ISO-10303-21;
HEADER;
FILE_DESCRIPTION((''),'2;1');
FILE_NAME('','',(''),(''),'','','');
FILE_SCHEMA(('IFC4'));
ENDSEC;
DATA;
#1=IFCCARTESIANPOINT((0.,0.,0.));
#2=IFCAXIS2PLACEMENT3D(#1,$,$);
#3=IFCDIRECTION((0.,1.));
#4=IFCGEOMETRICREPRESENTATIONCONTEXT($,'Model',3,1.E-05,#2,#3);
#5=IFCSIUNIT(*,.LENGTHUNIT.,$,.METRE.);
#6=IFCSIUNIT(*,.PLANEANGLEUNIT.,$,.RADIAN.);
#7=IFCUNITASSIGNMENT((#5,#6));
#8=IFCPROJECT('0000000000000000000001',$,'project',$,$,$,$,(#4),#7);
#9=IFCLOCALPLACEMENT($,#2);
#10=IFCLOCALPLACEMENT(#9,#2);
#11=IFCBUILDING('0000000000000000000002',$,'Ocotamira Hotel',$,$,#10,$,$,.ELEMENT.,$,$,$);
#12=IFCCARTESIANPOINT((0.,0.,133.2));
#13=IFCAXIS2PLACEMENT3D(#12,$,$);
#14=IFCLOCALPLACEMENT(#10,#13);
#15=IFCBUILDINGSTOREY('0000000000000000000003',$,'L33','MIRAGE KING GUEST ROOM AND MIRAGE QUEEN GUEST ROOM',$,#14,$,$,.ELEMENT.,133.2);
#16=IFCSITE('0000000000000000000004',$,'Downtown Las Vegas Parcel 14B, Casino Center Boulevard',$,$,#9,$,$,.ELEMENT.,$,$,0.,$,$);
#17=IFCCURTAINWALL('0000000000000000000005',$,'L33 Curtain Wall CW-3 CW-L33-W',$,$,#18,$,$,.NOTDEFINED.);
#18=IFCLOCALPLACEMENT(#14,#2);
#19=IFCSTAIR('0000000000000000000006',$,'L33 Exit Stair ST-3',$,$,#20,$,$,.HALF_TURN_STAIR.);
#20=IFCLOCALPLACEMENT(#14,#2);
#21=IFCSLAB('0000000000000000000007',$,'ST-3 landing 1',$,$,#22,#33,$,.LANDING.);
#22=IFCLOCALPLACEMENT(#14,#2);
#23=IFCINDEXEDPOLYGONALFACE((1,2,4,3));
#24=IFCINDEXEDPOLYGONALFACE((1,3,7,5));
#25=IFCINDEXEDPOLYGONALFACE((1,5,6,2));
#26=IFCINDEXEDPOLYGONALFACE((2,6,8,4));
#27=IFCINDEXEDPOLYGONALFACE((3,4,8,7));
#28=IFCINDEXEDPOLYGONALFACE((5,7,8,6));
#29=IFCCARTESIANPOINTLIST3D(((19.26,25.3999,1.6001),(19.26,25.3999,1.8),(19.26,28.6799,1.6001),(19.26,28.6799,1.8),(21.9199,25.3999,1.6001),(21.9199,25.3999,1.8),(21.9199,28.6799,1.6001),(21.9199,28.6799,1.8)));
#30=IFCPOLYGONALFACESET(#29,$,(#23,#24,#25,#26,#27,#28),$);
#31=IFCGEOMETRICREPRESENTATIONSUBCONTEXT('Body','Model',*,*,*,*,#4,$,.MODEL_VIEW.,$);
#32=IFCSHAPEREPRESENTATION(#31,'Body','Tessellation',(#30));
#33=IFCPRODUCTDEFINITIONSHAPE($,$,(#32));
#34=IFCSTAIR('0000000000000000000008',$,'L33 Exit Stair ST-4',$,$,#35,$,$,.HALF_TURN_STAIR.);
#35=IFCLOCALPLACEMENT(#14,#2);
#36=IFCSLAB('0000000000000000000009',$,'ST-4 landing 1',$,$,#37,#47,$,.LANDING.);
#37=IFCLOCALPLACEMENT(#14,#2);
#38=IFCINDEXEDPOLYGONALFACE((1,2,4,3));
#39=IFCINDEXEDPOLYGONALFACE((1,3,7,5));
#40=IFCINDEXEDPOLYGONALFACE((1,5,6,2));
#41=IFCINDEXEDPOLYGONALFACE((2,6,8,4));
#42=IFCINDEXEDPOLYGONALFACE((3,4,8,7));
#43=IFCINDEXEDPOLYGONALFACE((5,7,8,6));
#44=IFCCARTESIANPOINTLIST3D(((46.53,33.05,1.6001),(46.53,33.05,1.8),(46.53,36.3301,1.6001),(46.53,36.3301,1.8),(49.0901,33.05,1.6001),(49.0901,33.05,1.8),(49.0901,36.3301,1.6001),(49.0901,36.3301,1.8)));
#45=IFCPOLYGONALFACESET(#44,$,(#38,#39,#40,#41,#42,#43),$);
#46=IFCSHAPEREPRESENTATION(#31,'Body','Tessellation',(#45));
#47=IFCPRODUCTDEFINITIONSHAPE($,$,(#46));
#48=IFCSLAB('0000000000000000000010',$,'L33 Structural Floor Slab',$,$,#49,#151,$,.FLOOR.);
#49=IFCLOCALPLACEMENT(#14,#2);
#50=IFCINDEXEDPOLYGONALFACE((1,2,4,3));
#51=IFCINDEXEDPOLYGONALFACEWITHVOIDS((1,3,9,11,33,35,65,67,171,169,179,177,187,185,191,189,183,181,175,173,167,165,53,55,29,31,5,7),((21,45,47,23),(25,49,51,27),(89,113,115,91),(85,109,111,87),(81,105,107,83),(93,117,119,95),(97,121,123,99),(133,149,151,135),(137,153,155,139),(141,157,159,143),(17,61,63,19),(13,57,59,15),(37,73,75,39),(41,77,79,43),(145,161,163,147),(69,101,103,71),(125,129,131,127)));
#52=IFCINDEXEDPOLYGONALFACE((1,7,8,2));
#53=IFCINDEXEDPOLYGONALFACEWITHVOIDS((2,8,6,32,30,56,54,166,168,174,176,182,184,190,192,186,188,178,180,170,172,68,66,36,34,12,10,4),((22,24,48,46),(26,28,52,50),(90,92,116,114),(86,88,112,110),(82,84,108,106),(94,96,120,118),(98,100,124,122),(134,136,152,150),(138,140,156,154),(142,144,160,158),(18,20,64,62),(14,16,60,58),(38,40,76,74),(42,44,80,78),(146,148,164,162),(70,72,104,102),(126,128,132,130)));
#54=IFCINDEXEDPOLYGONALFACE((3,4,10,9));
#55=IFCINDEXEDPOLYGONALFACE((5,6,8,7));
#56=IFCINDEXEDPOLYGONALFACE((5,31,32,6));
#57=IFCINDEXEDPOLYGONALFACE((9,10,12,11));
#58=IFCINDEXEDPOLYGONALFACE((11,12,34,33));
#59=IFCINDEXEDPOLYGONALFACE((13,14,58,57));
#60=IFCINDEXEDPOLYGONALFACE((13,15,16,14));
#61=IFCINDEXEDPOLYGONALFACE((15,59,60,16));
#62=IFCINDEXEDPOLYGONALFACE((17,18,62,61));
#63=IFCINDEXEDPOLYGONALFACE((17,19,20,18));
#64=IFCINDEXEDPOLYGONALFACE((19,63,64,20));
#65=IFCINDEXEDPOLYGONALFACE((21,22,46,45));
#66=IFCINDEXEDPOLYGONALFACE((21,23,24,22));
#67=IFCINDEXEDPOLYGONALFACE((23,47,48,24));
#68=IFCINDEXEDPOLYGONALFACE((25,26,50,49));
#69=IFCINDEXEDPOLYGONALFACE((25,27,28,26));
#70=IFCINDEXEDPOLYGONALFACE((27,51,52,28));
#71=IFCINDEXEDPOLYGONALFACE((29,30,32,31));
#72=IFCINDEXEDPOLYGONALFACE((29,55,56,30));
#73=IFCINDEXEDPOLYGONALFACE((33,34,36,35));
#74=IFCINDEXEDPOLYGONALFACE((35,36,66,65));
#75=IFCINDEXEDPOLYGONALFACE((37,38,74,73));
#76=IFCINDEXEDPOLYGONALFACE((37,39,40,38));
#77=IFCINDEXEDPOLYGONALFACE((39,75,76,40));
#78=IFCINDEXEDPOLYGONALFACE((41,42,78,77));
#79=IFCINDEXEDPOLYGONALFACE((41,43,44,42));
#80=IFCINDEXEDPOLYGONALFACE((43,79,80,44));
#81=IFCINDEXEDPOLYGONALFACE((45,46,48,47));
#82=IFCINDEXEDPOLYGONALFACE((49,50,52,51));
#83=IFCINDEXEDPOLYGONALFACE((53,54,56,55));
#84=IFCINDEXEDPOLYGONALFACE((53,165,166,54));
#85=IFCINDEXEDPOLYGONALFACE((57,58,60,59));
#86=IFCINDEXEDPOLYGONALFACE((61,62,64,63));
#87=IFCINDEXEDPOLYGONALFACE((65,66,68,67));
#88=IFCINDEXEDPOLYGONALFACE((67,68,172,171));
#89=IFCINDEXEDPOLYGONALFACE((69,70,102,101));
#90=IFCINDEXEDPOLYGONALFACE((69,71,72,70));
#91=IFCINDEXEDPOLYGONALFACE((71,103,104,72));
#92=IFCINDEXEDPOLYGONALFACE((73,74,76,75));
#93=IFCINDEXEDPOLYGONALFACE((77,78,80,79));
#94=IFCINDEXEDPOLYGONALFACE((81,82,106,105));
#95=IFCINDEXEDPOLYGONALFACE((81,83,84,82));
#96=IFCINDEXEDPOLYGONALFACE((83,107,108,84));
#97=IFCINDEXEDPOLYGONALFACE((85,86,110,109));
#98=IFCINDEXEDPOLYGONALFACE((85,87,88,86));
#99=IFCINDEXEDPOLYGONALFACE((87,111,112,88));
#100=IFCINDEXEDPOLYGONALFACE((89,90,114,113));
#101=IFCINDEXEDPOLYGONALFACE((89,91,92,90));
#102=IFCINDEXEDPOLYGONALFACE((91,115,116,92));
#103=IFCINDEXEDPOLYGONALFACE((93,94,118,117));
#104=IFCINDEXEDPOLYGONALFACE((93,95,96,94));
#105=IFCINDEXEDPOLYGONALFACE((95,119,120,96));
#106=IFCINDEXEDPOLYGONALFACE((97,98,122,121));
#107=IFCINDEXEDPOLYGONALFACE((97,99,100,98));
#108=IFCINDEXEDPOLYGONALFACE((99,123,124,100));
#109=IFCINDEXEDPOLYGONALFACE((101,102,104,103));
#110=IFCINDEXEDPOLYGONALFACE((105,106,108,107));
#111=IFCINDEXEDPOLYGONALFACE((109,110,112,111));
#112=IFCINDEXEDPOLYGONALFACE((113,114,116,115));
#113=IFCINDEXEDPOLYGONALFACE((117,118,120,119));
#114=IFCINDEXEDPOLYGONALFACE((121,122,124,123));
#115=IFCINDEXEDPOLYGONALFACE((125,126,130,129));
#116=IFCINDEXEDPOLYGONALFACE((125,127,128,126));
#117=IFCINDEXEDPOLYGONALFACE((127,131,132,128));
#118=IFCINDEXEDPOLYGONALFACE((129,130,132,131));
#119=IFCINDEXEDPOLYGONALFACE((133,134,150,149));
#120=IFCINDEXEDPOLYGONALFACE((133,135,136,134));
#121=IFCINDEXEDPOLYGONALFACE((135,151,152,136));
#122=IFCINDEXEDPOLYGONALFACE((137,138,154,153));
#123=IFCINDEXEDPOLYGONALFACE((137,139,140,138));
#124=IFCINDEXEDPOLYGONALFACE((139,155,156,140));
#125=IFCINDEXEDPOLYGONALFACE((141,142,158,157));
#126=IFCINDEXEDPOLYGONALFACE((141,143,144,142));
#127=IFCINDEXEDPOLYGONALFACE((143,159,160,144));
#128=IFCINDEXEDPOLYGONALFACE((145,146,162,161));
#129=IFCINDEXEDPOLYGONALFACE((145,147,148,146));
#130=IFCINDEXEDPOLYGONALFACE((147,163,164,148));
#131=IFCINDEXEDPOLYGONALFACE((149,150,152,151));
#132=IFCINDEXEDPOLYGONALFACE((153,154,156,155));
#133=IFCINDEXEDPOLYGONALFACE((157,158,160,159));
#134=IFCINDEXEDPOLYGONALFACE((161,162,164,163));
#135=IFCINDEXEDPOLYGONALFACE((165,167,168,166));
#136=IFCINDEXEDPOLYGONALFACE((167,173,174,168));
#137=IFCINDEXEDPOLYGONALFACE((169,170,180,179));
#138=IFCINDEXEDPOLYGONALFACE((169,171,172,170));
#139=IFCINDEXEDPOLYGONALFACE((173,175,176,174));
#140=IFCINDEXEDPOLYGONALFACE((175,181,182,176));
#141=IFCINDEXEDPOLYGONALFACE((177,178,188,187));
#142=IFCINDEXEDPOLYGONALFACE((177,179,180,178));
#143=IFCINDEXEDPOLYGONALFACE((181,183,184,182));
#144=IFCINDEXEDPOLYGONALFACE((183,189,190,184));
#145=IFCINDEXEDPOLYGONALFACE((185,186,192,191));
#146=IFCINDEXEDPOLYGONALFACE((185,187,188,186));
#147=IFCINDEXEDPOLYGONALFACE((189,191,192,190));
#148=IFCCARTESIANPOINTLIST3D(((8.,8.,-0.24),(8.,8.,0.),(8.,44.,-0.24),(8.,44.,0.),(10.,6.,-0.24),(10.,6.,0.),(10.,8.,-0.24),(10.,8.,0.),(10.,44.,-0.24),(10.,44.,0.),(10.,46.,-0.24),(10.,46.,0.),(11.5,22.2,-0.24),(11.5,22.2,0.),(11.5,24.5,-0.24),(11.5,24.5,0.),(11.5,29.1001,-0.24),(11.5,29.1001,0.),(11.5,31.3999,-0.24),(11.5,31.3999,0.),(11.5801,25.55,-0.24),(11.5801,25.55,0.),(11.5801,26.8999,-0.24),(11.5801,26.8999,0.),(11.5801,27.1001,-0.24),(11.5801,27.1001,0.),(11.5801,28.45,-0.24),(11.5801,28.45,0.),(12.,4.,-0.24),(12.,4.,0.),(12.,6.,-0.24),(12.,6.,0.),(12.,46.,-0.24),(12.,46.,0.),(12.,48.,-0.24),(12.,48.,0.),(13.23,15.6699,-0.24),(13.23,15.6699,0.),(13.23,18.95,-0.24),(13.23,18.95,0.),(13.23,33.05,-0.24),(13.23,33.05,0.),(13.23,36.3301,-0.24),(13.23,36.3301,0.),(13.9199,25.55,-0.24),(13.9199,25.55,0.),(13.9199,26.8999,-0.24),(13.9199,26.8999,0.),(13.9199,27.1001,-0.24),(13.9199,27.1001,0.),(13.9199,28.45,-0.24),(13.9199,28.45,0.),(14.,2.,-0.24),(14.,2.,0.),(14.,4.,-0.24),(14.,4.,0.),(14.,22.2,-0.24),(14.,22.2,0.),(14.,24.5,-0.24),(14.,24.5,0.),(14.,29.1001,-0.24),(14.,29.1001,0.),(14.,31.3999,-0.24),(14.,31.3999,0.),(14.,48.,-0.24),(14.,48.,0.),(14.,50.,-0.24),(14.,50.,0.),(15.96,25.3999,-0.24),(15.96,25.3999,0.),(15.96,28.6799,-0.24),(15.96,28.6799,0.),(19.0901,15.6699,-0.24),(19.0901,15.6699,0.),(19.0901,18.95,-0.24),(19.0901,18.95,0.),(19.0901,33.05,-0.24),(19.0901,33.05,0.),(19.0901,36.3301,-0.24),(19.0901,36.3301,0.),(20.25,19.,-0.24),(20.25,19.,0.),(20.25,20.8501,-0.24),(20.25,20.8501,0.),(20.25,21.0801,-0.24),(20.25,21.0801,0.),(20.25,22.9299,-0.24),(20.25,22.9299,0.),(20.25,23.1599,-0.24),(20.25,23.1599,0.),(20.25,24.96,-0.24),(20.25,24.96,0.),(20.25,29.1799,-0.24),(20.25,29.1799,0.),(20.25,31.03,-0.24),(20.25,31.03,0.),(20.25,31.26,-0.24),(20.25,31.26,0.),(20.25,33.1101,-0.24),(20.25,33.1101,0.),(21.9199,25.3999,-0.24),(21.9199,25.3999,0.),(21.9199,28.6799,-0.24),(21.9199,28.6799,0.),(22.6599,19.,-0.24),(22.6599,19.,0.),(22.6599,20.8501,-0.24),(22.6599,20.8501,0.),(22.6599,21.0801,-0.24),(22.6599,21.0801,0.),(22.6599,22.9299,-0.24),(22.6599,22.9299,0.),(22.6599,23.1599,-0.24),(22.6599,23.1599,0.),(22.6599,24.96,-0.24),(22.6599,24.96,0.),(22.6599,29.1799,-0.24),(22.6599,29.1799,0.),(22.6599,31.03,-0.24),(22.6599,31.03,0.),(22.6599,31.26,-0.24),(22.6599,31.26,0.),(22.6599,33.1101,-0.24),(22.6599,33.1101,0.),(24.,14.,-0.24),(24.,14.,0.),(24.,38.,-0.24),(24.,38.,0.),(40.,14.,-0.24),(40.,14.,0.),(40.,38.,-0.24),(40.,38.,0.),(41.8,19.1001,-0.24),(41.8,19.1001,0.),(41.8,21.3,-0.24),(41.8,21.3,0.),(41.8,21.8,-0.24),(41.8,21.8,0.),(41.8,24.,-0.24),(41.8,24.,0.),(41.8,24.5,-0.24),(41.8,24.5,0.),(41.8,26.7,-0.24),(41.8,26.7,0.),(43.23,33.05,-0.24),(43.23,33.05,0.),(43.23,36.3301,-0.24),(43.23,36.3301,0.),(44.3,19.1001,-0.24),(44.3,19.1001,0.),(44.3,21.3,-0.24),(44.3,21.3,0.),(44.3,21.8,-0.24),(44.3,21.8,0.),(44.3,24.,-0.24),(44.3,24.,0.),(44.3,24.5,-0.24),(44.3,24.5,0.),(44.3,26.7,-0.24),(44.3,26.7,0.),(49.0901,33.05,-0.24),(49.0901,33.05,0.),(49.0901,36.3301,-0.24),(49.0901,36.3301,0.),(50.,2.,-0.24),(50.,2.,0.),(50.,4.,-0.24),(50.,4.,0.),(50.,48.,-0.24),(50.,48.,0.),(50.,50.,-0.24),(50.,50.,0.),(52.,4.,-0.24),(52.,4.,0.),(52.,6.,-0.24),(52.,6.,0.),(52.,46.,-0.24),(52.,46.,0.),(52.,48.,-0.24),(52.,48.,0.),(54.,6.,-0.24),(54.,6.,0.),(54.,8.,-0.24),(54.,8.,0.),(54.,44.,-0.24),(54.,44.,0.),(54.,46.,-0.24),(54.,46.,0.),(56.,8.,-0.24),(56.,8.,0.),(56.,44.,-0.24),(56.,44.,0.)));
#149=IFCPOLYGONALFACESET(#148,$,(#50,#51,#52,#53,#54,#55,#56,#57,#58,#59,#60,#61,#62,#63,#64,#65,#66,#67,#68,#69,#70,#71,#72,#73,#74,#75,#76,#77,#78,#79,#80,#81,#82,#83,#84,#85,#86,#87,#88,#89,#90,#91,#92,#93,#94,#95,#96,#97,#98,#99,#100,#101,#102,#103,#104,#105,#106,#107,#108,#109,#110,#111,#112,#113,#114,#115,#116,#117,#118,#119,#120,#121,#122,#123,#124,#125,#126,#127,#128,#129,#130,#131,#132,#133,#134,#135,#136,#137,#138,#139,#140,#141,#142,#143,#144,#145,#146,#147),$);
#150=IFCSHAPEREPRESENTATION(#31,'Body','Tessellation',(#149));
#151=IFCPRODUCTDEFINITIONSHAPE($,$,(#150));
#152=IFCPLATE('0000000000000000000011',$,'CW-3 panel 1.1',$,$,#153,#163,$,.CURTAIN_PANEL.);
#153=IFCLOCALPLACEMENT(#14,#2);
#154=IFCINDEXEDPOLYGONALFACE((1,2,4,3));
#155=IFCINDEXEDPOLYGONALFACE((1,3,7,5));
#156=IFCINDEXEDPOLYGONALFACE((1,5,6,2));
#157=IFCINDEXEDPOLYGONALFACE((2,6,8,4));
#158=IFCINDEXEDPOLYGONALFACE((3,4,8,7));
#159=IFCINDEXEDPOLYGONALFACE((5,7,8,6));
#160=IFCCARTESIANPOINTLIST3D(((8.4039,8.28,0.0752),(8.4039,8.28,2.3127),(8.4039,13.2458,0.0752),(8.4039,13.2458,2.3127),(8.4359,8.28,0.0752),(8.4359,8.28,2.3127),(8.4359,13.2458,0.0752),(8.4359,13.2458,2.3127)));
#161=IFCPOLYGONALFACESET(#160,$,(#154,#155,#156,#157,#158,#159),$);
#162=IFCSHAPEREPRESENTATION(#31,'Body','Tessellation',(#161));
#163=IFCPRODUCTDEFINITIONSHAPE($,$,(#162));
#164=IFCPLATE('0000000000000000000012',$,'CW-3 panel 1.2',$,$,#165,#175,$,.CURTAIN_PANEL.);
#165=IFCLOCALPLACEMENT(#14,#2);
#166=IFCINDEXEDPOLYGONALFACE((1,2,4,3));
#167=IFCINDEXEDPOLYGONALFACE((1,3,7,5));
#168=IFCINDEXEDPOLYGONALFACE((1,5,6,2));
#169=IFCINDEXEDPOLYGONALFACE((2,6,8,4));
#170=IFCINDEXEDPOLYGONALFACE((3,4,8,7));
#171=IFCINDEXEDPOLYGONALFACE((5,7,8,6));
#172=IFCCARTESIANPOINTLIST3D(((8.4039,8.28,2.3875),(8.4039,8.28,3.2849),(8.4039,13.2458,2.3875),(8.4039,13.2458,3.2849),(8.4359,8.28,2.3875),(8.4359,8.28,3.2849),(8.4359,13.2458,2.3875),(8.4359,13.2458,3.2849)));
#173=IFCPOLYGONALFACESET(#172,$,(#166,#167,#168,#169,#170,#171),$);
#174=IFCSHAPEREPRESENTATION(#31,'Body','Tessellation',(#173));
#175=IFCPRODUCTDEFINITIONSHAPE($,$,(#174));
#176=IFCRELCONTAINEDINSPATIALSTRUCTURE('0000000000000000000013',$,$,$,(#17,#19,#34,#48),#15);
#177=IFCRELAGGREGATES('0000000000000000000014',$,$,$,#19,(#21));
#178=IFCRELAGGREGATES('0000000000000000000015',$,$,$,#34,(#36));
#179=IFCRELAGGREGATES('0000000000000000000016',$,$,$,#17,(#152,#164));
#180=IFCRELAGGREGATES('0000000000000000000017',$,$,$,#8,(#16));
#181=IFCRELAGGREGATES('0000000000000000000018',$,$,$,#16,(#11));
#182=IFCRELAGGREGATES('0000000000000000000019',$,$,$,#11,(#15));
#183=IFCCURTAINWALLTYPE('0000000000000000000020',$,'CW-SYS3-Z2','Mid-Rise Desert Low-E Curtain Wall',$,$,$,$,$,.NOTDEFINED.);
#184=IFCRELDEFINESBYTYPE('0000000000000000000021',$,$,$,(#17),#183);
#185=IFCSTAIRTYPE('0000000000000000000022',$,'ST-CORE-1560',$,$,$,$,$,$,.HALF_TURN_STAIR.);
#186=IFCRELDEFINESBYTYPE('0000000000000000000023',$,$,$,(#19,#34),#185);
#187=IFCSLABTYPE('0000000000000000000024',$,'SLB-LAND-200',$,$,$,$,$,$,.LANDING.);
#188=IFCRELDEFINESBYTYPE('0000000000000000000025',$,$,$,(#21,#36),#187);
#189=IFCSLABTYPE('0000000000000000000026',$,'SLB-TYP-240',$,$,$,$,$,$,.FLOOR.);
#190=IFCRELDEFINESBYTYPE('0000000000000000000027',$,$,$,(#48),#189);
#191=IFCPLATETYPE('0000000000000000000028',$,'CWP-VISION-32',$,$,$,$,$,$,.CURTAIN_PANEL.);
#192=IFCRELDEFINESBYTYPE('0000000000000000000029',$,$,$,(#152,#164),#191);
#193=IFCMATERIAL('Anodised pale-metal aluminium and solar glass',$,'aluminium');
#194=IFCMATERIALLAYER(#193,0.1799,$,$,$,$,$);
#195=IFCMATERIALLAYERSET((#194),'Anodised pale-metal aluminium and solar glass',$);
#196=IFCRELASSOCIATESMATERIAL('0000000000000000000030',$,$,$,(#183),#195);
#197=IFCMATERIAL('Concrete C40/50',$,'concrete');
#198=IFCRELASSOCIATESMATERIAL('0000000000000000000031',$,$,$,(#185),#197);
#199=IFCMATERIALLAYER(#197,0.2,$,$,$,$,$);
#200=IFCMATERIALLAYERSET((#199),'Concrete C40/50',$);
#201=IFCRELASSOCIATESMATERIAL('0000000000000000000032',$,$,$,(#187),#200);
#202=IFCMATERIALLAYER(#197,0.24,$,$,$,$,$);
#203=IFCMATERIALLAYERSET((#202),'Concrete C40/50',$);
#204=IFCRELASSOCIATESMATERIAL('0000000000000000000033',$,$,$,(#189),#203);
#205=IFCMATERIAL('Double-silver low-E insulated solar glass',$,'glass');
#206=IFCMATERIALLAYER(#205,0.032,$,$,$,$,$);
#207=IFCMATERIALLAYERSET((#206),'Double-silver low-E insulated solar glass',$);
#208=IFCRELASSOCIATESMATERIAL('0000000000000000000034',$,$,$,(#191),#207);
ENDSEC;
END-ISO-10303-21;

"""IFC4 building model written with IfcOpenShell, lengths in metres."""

from ifc_helpers import new_model, si_unit, direction, frame, origin, origin_2d, place, context, subcontext, project, spatial, polyline, rectangle, outline, extrude, source, transform, mapped, material, layer, layer_set, type_object, element, aggregate, save


model = new_model("IFC4")

# Units and contexts
model_context = context("Model", 3, precision=1e-05, world=origin(), true_north=direction((0.0, 1.0)))
body_context = subcontext(model_context, "Body", "Model", "MODEL_VIEW")
ifc_project = project(units=[si_unit("LENGTHUNIT", "METRE"), si_unit("PLANEANGLEUNIT", "RADIAN")], contexts=[model_context])

# Site, building, storey
site_placement = place(None, origin())
site = spatial("IfcSite", under=ifc_project, at=site_placement, Name="Downtown Las Vegas Parcel 14B, Casino Center Boulevard", CompositionType="ELEMENT", RefElevation=0.0)
building_placement = place(site_placement, origin())
building = spatial("IfcBuilding", under=site, at=building_placement, Name="Ocotamira Hotel", CompositionType="ELEMENT")
storey_placement = place(building_placement, frame((0.0, 0.0, 133.2)))
storey = spatial("IfcBuildingStorey", under=building, at=storey_placement, Name="L33", Description="MIRAGE KING GUEST ROOM AND MIRAGE QUEEN GUEST ROOM", CompositionType="ELEMENT", Elevation=133.2)

# Curtain wall
ifc_material_1 = material(Name="Anodised pale-metal aluminium and solar glass", Category="aluminium")
ifc_layer_1 = layer(ifc_material_1, 0.1799)
ifc_layer_set_1 = layer_set([ifc_layer_1], Name="Anodised pale-metal aluminium and solar glass")
curtain_wall_type = type_object("IfcCurtainWallType", Name="CW-SYS3-Z2", Description="Mid-Rise Desert Low-E Curtain Wall", PredefinedType="NOTDEFINED", material=ifc_layer_set_1)
curtain_wall_placement = place(storey_placement, origin())
curtain_wall = element("IfcCurtainWall", 1, at=curtain_wall_placement, inside=storey, type_object=curtain_wall_type, Name="L33 Curtain Wall CW-3 CW-L33-W", PredefinedType="NOTDEFINED")

# Stairs, slabs
ifc_material_2 = material(Name="Concrete C40/50", Category="concrete")
stair_type = type_object("IfcStairType", Name="ST-CORE-1560", PredefinedType="HALF_TURN_STAIR", material=ifc_material_2)
ifc_layer_2 = layer(ifc_material_2, 0.2)
ifc_layer_set_2 = layer_set([ifc_layer_2], Name="Concrete C40/50")
slab_type_1 = type_object("IfcSlabType", Name="SLB-LAND-200", PredefinedType="LANDING", material=ifc_layer_set_2)
stair_1_placement = place(storey_placement, origin())
stair_1 = element("IfcStair", 2, at=stair_1_placement, inside=storey, type_object=stair_type, Name="L33 Exit Stair ST-3", PredefinedType="HALF_TURN_STAIR")
slab_1_placement = place(storey_placement, frame((0.0, 0.0, 1.6001)))
slab_1 = element("IfcSlab", 3, at=slab_1_placement, type_object=slab_type_1, Name="ST-3 landing 1", PredefinedType="LANDING", context=body_context, shape_type="SweptSolid", body=[
    extrude(outline(polyline([(19.26, 25.3999), (21.9199, 25.3999), (21.9199, 28.6799), (19.26, 28.6799), (19.26, 25.3999)])), origin(), (0.0, 0.0, 1.0), 0.2),
])
aggregate(stair_1, [slab_1])
stair_2_placement = place(storey_placement, origin())
stair_2 = element("IfcStair", 4, at=stair_2_placement, inside=storey, type_object=stair_type, Name="L33 Exit Stair ST-4", PredefinedType="HALF_TURN_STAIR")
slab_2_placement = place(storey_placement, frame((0.0, 0.0, 1.6001)))
slab_2 = element("IfcSlab", 5, at=slab_2_placement, type_object=slab_type_1, Name="ST-4 landing 1", PredefinedType="LANDING", context=body_context, shape_type="SweptSolid", body=[
    extrude(outline(polyline([(46.53, 33.05), (49.0901, 33.05), (49.0901, 36.3301), (46.53, 36.3301), (46.53, 33.05)])), origin(), (0.0, 0.0, 1.0), 0.2),
])
aggregate(stair_2, [slab_2])

# Slab
ifc_layer_3 = layer(ifc_material_2, 0.24)
ifc_layer_set_3 = layer_set([ifc_layer_3], Name="Concrete C40/50")
slab_type_2 = type_object("IfcSlabType", Name="SLB-TYP-240", PredefinedType="FLOOR", material=ifc_layer_set_3)
slab_3_placement = place(storey_placement, frame((0.0, 0.0, -0.24)))
element("IfcSlab", 6, at=slab_3_placement, inside=storey, type_object=slab_type_2, Name="L33 Structural Floor Slab", PredefinedType="FLOOR", context=body_context, shape_type="SweptSolid", body=[
    extrude(outline(polyline([(14.0, 2.0), (50.0, 2.0), (50.0, 4.0), (52.0, 4.0), (52.0, 6.0), (54.0, 6.0), (54.0, 8.0), (56.0, 8.0), (56.0, 44.0), (54.0, 44.0), (54.0, 46.0), (52.0, 46.0), (52.0, 48.0), (50.0, 48.0), (50.0, 50.0), (14.0, 50.0), (14.0, 48.0), (12.0, 48.0), (12.0, 46.0), (10.0, 46.0), (10.0, 44.0), (8.0, 44.0), (8.0, 8.0), (10.0, 8.0), (10.0, 6.0), (12.0, 6.0), (12.0, 4.0), (14.0, 4.0), (14.0, 2.0)]), holes=[polyline([(24.0, 14.0), (40.0, 14.0), (40.0, 38.0), (24.0, 38.0), (24.0, 14.0)]), polyline([(13.23, 15.6699), (19.0901, 15.6699), (19.0901, 18.95), (13.23, 18.95), (13.23, 15.6699)]), polyline([(13.23, 33.05), (19.0901, 33.05), (19.0901, 36.3301), (13.23, 36.3301), (13.23, 33.05)]), polyline([(15.96, 25.3999), (21.9199, 25.3999), (21.9199, 28.6799), (15.96, 28.6799), (15.96, 25.3999)]), polyline([(43.23, 33.05), (49.0901, 33.05), (49.0901, 36.3301), (43.23, 36.3301), (43.23, 33.05)]), polyline([(41.8, 19.1001), (44.3, 19.1001), (44.3, 21.3), (41.8, 21.3), (41.8, 19.1001)]), polyline([(41.8, 21.8), (44.3, 21.8), (44.3, 24.0), (41.8, 24.0), (41.8, 21.8)]), polyline([(41.8, 24.5), (44.3, 24.5), (44.3, 26.7), (41.8, 26.7), (41.8, 24.5)]), polyline([(20.25, 19.0), (22.6599, 19.0), (22.6599, 20.8501), (20.25, 20.8501), (20.25, 19.0)]), polyline([(20.25, 21.0801), (22.6599, 21.0801), (22.6599, 22.9299), (20.25, 22.9299), (20.25, 21.0801)]), polyline([(20.25, 23.1599), (22.6599, 23.1599), (22.6599, 24.96), (20.25, 24.96), (20.25, 23.1599)]), polyline([(20.25, 29.1799), (22.6599, 29.1799), (22.6599, 31.03), (20.25, 31.03), (20.25, 29.1799)]), polyline([(20.25, 31.26), (22.6599, 31.26), (22.6599, 33.1101), (20.25, 33.1101), (20.25, 31.26)]), polyline([(11.5, 22.2), (14.0, 22.2), (14.0, 24.5), (11.5, 24.5), (11.5, 22.2)]), polyline([(11.5, 29.1001), (14.0, 29.1001), (14.0, 31.3999), (11.5, 31.3999), (11.5, 29.1001)]), polyline([(11.5801, 25.55), (13.9199, 25.55), (13.9199, 26.8999), (11.5801, 26.8999), (11.5801, 25.55)]), polyline([(11.5801, 27.1001), (13.9199, 27.1001), (13.9199, 28.45), (11.5801, 28.45), (11.5801, 27.1001)])]), origin(), (0.0, 0.0, 1.0), 0.24),
])

# Plates
ifc_material_3 = material(Name="Double-silver low-E insulated solar glass", Category="glass")
ifc_layer_4 = layer(ifc_material_3, 0.032)
ifc_layer_set_4 = layer_set([ifc_layer_4], Name="Double-silver low-E insulated solar glass")
plate_type = type_object("IfcPlateType", Name="CWP-VISION-32", PredefinedType="CURTAIN_PANEL", material=ifc_layer_set_4)
shared_shape_1 = source(origin(), body_context, "Body", "SweptSolid", [
    extrude(rectangle(XDim=4.9658, YDim=0.032, at=origin_2d()), origin(), (0.0, 0.0, 1.0), 2.2375),
])
plate_1_placement = place(storey_placement, frame((8.4199, 10.7629, 0.0752), z_axis=(0.0, 0.0, 1.0), x_axis=(0.0, 1.0, 0.0)))
plate_1 = element("IfcPlate", 7, at=plate_1_placement, type_object=plate_type, Name="CW-3 panel 1.1", PredefinedType="CURTAIN_PANEL", context=body_context, shape_type="MappedRepresentation", body=[
    mapped(shared_shape_1, transform((0.0, 0.0, 0.0), scale=1.0)),
])
shared_shape_2 = source(origin(), body_context, "Body", "SweptSolid", [
    extrude(rectangle(XDim=4.9658, YDim=0.032, at=origin_2d()), origin(), (0.0, 0.0, 1.0), 0.8975),
])
plate_2_placement = place(storey_placement, frame((8.4199, 10.7629, 2.3875), z_axis=(0.0, 0.0, 1.0), x_axis=(0.0, 1.0, 0.0)))
plate_2 = element("IfcPlate", 8, at=plate_2_placement, type_object=plate_type, Name="CW-3 panel 1.2", PredefinedType="CURTAIN_PANEL", context=body_context, shape_type="MappedRepresentation", body=[
    mapped(shared_shape_2, transform((0.0, 0.0, 0.0), scale=1.0)),
])
aggregate(curtain_wall, [plate_1, plate_2])

save(model, "model.ifc")
